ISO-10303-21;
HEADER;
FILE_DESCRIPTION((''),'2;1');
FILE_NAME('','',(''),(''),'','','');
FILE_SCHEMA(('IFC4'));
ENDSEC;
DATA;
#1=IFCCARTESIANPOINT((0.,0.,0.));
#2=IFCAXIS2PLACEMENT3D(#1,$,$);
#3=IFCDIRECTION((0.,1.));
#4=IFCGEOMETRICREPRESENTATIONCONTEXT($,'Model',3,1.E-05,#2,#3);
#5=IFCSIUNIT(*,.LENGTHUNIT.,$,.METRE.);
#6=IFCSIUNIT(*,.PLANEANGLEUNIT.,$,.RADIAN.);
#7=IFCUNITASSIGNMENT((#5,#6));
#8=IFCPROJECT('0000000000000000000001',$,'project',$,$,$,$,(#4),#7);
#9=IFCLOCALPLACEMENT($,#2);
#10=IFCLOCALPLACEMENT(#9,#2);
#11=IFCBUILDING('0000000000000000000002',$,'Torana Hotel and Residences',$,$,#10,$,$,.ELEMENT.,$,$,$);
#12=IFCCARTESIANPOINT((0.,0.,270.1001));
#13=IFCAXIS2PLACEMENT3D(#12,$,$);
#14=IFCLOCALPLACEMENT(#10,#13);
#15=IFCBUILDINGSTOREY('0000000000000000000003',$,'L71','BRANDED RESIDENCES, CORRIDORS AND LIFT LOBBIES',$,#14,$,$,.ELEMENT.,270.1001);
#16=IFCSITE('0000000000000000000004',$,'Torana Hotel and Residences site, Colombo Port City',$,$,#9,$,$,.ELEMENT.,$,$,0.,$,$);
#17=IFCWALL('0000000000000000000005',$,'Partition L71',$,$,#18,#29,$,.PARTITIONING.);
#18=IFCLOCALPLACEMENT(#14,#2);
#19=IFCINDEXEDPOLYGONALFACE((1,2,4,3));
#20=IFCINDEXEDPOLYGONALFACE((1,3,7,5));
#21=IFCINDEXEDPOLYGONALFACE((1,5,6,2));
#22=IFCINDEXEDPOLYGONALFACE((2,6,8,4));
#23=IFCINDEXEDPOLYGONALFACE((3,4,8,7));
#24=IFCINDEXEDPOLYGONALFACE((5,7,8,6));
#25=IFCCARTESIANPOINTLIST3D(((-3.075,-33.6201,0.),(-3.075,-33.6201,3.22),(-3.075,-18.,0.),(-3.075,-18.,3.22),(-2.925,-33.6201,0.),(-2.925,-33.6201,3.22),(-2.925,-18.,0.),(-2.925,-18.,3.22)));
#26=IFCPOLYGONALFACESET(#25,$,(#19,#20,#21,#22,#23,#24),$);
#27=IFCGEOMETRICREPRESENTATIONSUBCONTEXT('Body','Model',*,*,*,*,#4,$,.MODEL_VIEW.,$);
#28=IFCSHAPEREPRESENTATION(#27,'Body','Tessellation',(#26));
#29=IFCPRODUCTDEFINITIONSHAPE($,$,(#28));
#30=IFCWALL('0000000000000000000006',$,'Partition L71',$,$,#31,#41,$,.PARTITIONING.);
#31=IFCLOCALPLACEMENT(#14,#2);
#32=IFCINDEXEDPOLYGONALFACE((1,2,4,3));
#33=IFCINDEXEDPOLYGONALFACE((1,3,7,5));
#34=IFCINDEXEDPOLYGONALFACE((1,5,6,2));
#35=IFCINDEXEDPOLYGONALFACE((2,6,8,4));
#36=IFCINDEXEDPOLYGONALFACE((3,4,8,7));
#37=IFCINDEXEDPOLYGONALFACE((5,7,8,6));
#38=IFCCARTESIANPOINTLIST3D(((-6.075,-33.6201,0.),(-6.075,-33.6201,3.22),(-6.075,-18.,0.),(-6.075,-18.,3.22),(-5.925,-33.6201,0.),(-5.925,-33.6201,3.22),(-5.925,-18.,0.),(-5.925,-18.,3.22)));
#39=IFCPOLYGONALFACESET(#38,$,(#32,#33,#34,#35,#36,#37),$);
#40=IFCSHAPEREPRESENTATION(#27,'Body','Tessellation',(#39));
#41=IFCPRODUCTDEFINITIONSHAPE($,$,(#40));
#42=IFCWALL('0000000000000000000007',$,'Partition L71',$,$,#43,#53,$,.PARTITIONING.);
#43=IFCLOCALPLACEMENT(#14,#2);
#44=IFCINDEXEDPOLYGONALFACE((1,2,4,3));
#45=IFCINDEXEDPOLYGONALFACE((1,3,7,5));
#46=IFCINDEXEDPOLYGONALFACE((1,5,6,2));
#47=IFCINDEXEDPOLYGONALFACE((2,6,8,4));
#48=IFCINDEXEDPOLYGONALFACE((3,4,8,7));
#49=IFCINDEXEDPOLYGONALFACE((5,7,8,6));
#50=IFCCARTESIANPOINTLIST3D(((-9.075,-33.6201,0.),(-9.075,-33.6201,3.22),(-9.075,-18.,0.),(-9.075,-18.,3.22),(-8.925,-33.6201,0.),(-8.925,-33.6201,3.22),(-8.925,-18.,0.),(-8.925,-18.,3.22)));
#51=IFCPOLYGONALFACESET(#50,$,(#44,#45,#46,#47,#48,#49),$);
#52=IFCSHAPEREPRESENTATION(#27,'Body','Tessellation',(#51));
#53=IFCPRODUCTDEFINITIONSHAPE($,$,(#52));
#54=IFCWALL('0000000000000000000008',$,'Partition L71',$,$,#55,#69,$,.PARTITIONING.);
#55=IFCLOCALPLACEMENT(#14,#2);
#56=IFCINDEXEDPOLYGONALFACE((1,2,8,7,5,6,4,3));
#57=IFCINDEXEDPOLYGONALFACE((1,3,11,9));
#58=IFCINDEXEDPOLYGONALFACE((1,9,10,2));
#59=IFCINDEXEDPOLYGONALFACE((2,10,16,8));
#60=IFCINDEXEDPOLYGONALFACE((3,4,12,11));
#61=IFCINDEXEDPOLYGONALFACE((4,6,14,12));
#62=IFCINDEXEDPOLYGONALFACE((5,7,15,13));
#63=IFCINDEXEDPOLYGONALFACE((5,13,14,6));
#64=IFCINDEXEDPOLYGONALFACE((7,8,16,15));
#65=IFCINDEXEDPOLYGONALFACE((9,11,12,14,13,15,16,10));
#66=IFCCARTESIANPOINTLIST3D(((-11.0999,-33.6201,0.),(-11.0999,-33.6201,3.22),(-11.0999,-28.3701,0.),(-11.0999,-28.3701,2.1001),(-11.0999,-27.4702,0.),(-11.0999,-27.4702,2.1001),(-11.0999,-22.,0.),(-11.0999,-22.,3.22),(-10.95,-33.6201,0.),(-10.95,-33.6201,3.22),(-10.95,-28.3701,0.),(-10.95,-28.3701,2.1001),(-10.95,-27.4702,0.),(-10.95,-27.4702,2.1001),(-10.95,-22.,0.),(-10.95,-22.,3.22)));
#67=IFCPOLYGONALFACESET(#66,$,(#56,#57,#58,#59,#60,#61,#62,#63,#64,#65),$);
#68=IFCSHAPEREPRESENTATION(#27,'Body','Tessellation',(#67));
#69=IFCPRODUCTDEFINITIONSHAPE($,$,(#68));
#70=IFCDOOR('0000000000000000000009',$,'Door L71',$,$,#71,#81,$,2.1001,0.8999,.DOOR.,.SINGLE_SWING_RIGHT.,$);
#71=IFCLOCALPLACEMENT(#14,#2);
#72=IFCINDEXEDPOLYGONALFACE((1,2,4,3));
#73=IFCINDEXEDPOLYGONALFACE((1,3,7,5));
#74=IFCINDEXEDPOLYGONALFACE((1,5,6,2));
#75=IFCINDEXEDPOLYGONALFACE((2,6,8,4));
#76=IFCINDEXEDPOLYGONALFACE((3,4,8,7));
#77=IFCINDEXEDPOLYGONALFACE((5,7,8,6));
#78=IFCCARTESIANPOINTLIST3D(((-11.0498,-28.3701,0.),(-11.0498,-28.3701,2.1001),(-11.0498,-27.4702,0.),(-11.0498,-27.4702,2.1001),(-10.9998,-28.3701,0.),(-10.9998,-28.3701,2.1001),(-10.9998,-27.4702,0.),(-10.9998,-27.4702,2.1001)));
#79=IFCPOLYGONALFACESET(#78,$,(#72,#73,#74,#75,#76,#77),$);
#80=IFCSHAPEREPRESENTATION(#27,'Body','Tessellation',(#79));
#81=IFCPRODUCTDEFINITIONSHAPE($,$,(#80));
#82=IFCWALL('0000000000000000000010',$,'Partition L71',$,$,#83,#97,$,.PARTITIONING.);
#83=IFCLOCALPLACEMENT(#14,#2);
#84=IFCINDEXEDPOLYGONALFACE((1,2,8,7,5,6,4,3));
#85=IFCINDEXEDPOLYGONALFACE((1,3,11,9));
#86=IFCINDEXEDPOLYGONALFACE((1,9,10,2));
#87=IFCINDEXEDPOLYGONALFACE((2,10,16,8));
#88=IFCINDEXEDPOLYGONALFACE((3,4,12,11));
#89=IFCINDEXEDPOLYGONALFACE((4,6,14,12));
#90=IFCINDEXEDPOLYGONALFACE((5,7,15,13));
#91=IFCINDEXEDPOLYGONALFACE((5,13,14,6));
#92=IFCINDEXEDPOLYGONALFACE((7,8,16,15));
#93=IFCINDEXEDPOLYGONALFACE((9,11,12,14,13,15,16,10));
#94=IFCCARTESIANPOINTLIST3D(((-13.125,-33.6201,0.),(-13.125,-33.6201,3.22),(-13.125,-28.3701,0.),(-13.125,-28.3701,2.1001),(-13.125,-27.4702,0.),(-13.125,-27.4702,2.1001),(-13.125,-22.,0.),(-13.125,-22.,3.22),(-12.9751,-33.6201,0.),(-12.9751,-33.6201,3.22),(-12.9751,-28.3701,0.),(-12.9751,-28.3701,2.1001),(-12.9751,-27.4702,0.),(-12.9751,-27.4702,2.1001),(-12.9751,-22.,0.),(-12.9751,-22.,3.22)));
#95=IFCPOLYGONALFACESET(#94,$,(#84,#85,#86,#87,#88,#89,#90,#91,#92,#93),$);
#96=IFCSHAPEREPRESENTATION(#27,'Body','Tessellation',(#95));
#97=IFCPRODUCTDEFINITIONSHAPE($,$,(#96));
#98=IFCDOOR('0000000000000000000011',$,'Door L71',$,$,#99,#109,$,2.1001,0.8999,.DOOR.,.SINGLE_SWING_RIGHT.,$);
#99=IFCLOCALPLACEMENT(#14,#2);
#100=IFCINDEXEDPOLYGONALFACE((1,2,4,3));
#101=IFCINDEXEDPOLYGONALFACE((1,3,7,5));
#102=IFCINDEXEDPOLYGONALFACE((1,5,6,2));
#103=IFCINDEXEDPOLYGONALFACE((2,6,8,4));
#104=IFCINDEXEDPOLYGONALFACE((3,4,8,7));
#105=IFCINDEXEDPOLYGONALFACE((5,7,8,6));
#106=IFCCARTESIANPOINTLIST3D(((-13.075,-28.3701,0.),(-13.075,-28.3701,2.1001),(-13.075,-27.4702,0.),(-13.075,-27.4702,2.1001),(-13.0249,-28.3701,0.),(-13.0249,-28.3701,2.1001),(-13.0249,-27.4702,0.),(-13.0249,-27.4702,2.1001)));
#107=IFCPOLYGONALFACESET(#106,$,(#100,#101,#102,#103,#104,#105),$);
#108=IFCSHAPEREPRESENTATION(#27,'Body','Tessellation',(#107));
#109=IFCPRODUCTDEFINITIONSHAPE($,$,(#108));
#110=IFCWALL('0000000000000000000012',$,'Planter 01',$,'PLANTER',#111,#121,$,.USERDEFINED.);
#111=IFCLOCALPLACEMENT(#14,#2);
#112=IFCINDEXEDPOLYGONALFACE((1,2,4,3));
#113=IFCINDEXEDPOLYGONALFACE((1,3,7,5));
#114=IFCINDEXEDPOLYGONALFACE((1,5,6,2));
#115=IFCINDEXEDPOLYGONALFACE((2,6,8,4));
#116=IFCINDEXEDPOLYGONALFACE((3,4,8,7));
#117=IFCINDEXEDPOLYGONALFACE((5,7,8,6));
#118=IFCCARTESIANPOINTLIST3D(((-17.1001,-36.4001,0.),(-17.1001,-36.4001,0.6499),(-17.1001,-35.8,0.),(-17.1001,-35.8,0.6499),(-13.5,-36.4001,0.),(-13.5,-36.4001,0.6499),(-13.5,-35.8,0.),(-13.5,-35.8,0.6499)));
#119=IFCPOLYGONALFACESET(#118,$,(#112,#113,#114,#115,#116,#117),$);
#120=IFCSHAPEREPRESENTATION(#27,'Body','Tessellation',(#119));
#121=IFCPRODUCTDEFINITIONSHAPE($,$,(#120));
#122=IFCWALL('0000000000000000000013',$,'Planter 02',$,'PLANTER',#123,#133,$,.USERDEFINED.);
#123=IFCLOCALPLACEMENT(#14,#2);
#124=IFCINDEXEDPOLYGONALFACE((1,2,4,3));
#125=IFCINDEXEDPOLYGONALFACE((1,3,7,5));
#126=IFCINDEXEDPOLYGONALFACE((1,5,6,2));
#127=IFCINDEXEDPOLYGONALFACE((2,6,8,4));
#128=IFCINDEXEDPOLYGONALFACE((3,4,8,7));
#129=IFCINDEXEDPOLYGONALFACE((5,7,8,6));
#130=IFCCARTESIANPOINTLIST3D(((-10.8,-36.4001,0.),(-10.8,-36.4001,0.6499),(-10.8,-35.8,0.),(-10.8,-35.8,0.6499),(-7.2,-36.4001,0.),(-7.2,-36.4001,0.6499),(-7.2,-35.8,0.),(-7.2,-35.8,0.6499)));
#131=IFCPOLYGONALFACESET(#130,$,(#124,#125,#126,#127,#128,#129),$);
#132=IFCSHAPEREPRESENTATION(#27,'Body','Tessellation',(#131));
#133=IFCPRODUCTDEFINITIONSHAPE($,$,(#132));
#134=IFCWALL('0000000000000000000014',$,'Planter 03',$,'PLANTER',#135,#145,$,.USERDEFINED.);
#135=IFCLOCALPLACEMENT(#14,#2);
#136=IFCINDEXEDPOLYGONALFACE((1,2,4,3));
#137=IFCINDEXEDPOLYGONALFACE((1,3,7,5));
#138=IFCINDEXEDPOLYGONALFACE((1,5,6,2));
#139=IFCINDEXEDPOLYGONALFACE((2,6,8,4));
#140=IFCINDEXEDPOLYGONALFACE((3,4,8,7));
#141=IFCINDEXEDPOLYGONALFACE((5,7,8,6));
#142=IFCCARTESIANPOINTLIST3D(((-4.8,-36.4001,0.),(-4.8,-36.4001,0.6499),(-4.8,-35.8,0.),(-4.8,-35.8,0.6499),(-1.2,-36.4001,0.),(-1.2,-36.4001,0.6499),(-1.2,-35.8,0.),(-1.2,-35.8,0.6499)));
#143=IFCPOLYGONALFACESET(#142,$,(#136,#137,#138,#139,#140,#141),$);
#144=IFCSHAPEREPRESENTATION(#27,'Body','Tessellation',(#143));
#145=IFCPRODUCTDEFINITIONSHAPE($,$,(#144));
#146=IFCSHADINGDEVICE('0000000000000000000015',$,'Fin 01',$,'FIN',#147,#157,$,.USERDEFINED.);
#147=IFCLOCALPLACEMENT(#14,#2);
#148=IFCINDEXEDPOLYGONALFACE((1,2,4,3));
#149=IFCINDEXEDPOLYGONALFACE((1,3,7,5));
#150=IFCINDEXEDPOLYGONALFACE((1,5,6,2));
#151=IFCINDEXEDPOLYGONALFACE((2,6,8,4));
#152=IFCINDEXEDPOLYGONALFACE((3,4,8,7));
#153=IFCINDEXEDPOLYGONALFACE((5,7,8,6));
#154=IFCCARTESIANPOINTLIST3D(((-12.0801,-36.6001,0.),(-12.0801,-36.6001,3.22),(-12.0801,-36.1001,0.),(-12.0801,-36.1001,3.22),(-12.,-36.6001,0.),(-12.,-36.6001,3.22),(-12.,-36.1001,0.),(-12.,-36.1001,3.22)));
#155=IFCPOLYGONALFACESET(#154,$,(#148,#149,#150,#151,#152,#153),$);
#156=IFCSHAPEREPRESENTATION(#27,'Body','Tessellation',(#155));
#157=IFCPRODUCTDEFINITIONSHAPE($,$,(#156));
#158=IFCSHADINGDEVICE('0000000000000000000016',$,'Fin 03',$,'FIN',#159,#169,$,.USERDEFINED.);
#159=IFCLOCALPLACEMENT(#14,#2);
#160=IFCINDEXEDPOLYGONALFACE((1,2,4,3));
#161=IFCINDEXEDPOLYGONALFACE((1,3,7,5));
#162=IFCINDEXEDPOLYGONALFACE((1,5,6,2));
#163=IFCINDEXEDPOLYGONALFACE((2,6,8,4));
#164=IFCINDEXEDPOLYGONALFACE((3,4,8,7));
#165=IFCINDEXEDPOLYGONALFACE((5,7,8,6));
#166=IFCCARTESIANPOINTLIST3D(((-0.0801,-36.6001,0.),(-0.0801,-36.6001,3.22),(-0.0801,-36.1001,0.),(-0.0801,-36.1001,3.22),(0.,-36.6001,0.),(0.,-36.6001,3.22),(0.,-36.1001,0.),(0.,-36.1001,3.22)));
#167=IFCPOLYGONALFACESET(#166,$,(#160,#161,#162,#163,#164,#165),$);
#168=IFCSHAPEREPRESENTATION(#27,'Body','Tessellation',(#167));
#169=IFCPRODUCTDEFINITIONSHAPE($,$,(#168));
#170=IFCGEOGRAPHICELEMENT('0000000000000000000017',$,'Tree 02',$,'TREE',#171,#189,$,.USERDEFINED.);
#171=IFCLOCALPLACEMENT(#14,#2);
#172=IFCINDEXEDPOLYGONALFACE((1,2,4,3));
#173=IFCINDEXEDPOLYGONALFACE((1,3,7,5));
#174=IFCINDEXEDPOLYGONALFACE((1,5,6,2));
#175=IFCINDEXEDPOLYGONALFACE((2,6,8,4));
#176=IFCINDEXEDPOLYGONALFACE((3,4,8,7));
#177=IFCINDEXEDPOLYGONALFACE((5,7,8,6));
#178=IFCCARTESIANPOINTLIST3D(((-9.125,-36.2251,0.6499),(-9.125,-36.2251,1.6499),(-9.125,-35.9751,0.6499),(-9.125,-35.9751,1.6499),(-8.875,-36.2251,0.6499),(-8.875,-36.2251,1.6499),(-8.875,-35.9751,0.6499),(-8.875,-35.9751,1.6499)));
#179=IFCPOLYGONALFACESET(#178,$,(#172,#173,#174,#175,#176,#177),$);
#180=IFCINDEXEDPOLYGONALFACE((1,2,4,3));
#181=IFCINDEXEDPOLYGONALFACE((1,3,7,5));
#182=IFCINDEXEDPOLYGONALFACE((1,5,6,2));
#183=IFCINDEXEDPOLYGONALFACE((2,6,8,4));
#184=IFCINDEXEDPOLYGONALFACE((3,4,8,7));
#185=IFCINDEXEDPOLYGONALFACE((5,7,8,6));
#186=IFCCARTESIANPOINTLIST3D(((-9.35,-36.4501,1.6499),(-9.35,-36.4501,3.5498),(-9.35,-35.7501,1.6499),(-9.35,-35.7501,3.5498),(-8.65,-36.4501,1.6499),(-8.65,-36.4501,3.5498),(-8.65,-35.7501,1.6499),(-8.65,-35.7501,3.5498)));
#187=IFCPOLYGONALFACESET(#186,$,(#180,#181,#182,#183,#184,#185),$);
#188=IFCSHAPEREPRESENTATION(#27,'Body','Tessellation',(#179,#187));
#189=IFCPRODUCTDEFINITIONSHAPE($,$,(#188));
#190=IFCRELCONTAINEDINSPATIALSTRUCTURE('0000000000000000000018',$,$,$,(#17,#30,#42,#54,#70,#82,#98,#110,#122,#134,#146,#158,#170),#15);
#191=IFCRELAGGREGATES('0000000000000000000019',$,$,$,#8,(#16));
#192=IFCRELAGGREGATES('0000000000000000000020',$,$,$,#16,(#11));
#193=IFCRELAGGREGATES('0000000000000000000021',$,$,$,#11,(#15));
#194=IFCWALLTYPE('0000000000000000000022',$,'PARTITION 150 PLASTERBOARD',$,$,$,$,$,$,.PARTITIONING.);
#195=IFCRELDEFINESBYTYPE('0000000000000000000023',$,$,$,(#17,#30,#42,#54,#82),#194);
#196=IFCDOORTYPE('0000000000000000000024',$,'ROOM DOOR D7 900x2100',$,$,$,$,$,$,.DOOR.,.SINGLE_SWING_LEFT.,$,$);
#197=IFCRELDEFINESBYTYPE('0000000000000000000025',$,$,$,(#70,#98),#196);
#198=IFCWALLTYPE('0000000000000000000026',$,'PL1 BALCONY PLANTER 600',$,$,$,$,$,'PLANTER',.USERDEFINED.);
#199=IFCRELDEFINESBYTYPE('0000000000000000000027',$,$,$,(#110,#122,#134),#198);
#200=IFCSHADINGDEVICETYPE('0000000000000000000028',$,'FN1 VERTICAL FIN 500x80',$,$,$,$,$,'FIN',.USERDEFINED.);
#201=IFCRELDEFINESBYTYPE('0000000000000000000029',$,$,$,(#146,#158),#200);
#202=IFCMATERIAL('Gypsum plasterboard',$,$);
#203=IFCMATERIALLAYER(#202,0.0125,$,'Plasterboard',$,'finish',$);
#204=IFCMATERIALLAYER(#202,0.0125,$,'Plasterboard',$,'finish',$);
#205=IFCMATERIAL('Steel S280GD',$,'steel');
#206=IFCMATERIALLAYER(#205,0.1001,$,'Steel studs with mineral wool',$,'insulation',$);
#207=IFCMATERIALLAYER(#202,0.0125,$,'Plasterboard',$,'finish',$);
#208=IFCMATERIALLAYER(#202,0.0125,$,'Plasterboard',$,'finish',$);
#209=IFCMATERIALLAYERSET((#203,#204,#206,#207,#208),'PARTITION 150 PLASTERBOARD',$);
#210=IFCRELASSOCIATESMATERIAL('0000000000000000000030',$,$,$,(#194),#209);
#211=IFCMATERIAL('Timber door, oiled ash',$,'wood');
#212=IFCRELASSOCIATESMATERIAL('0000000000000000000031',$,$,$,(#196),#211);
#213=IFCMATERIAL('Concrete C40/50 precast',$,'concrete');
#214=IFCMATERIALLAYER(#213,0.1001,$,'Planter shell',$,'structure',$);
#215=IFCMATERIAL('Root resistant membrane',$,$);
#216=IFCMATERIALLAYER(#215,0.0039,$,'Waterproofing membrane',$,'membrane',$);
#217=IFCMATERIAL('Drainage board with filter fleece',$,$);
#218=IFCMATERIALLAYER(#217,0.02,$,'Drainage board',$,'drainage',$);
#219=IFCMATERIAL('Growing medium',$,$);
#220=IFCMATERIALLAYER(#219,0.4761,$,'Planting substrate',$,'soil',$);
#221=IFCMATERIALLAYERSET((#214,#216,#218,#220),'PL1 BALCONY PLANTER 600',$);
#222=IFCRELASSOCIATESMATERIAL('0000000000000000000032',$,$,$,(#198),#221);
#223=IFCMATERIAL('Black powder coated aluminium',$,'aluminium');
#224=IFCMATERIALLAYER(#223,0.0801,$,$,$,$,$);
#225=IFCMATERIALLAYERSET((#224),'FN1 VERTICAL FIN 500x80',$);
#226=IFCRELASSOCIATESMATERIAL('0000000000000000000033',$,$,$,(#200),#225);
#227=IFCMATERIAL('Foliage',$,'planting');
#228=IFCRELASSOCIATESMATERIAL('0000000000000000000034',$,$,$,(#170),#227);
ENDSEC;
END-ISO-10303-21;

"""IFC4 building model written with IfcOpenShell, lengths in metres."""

from ifc_helpers import new_model, si_unit, direction, frame, frame_2d, origin, origin_2d, place, context, subcontext, project, spatial, rectangle, extrude, material, layer, layer_set, type_object, element, fill, save


model = new_model("IFC4")

# Units and contexts
model_context = context("Model", 3, precision=1e-05, world=origin(), true_north=direction((0.0, 1.0)))
body_context = subcontext(model_context, "Body", "Model", "MODEL_VIEW")
ifc_project = project(units=[si_unit("LENGTHUNIT", "METRE"), si_unit("PLANEANGLEUNIT", "RADIAN")], contexts=[model_context])

# Site, building, storey
site_placement = place(None, origin())
site = spatial("IfcSite", under=ifc_project, at=site_placement, Name="Torana Hotel and Residences site, Colombo Port City", CompositionType="ELEMENT", RefElevation=0.0)
building_placement = place(site_placement, origin())
building = spatial("IfcBuilding", under=site, at=building_placement, Name="Torana Hotel and Residences", CompositionType="ELEMENT")
storey_placement = place(building_placement, frame((0.0, 0.0, 270.1001)))
storey = spatial("IfcBuildingStorey", under=building, at=storey_placement, Name="L71", Description="BRANDED RESIDENCES, CORRIDORS AND LIFT LOBBIES", CompositionType="ELEMENT", Elevation=270.1001)

# Walls
ifc_material_1 = material(Name="Gypsum plasterboard")
ifc_layer_1 = layer(ifc_material_1, 0.0125, Name="Plasterboard", Category="finish")
ifc_layer_2 = layer(ifc_material_1, 0.0125, Name="Plasterboard", Category="finish")
ifc_material_2 = material(Name="Steel S280GD", Category="steel")
ifc_layer_3 = layer(ifc_material_2, 0.1001, Name="Steel studs with mineral wool", Category="insulation")
ifc_layer_4 = layer(ifc_material_1, 0.0125, Name="Plasterboard", Category="finish")
ifc_layer_5 = layer(ifc_material_1, 0.0125, Name="Plasterboard", Category="finish")
ifc_layer_set_1 = layer_set([ifc_layer_1, ifc_layer_2, ifc_layer_3, ifc_layer_4, ifc_layer_5], Name="PARTITION 150 PLASTERBOARD")
wall_type_1 = type_object("IfcWallType", Name="PARTITION 150 PLASTERBOARD", PredefinedType="PARTITIONING", material=ifc_layer_set_1)
for number, where, z_axis, x_axis, name in (
    (1, (-3.0, -33.6201, 0.0), (0.0, 0.0, 1.0), (0.0, 1.0, 0.0), "Partition L71"),
    (2, (-6.0, -33.6201, 0.0), (0.0, 0.0, 1.0), (0.0, 1.0, 0.0), "Partition L71"),
    (3, (-9.0, -33.6201, 0.0), (0.0, 0.0, 1.0), (0.0, 1.0, 0.0), "Partition L71"),
):
    element("IfcWall", number, at=place(storey_placement, frame(where, z_axis=z_axis, x_axis=x_axis)), inside=storey, type_object=wall_type_1, Name=name, PredefinedType="PARTITIONING", context=body_context, shape_type="SweptSolid", body=[
        extrude(rectangle(XDim=15.6201, YDim=0.1499, at=frame_2d((7.8101, 0.0))), origin(), (0.0, 0.0, 1.0), 3.22),
    ])

# Walls, openings, doors
wall_1_placement = place(storey_placement, frame((-11.0249, -33.6201, 0.0), z_axis=(0.0, 0.0, 1.0), x_axis=(0.0, 1.0, 0.0)))
wall_1 = element("IfcWall", 4, at=wall_1_placement, inside=storey, type_object=wall_type_1, Name="Partition L71", PredefinedType="PARTITIONING", context=body_context, shape_type="SweptSolid", body=[
    extrude(rectangle(XDim=11.6201, YDim=0.1499, at=frame_2d((5.8101, 0.0))), origin(), (0.0, 0.0, 1.0), 3.22),
])
opening_1_placement = place(wall_1_placement, frame((5.25, 0.0, 0.0)))
opening_1 = element("IfcOpeningElement", 5, at=opening_1_placement, cuts=wall_1, PredefinedType="OPENING", context=body_context, shape_type="SweptSolid", body=[
    extrude(rectangle(XDim=0.8999, YDim=2.1001, at=frame_2d((0.45, 1.05))), frame((0.0, 0.085, 0.0), z_axis=(0.0, -1.0, 0.0), x_axis=(1.0, 0.0, 0.0)), (0.0, 0.0, 1.0), 0.1699),
])
ifc_material_3 = material(Name="Timber door, oiled ash", Category="wood")
door_type = type_object("IfcDoorType", Name="ROOM DOOR D7 900x2100", OperationType="SINGLE_SWING_LEFT", PredefinedType="DOOR", material=ifc_material_3)
door_1_placement = place(opening_1_placement, origin())
door_1 = element("IfcDoor", 6, at=door_1_placement, inside=storey, type_object=door_type, Name="Door L71", OperationType="SINGLE_SWING_RIGHT", OverallHeight=2.1001, OverallWidth=0.8999, PredefinedType="DOOR", context=body_context, shape_type="SweptSolid", body=[
    extrude(rectangle(XDim=0.8999, YDim=2.1001, at=frame_2d((0.45, 1.05))), frame((0.0, 0.0249, 0.0), z_axis=(0.0, -1.0, 0.0), x_axis=(1.0, 0.0, 0.0)), (0.0, 0.0, 1.0), 0.05),
])
fill(opening_1, door_1)
wall_2_placement = place(storey_placement, frame((-13.05, -33.6201, 0.0), z_axis=(0.0, 0.0, 1.0), x_axis=(0.0, 1.0, 0.0)))
wall_2 = element("IfcWall", 7, at=wall_2_placement, inside=storey, type_object=wall_type_1, Name="Partition L71", PredefinedType="PARTITIONING", context=body_context, shape_type="SweptSolid", body=[
    extrude(rectangle(XDim=11.6201, YDim=0.1499, at=frame_2d((5.8101, 0.0))), origin(), (0.0, 0.0, 1.0), 3.22),
])
opening_2_placement = place(wall_2_placement, frame((5.25, 0.0, 0.0)))
opening_2 = element("IfcOpeningElement", 8, at=opening_2_placement, cuts=wall_2, PredefinedType="OPENING", context=body_context, shape_type="SweptSolid", body=[
    extrude(rectangle(XDim=0.8999, YDim=2.1001, at=frame_2d((0.45, 1.05))), frame((0.0, 0.085, 0.0), z_axis=(0.0, -1.0, 0.0), x_axis=(1.0, 0.0, 0.0)), (0.0, 0.0, 1.0), 0.1699),
])
door_2_placement = place(opening_2_placement, origin())
door_2 = element("IfcDoor", 9, at=door_2_placement, inside=storey, type_object=door_type, Name="Door L71", OperationType="SINGLE_SWING_RIGHT", OverallHeight=2.1001, OverallWidth=0.8999, PredefinedType="DOOR", context=body_context, shape_type="SweptSolid", body=[
    extrude(rectangle(XDim=0.8999, YDim=2.1001, at=frame_2d((0.45, 1.05))), frame((0.0, 0.0249, 0.0), z_axis=(0.0, -1.0, 0.0), x_axis=(1.0, 0.0, 0.0)), (0.0, 0.0, 1.0), 0.05),
])
fill(opening_2, door_2)

# Walls
ifc_material_4 = material(Name="Concrete C40/50 precast", Category="concrete")
ifc_layer_6 = layer(ifc_material_4, 0.1001, Name="Planter shell", Category="structure")
ifc_material_5 = material(Name="Root resistant membrane")
ifc_layer_7 = layer(ifc_material_5, 0.0039, Name="Waterproofing membrane", Category="membrane")
ifc_material_6 = material(Name="Drainage board with filter fleece")
ifc_layer_8 = layer(ifc_material_6, 0.02, Name="Drainage board", Category="drainage")
ifc_material_7 = material(Name="Growing medium")
ifc_layer_9 = layer(ifc_material_7, 0.4761, Name="Planting substrate", Category="soil")
ifc_layer_set_2 = layer_set([ifc_layer_6, ifc_layer_7, ifc_layer_8, ifc_layer_9], Name="PL1 BALCONY PLANTER 600")
wall_type_2 = type_object("IfcWallType", Name="PL1 BALCONY PLANTER 600", ElementType="PLANTER", PredefinedType="USERDEFINED", material=ifc_layer_set_2)
for number, where, z_axis, x_axis, name in (
    (10, (-13.5, -36.1001, 0.0), (0.0, 0.0, 1.0), (-1.0, 0.0, 0.0), "Planter 01"),
    (11, (-7.2, -36.1001, 0.0), (0.0, 0.0, 1.0), (-1.0, 0.0, 0.0), "Planter 02"),
    (12, (-1.2, -36.1001, 0.0), (0.0, 0.0, 1.0), (-1.0, 0.0, 0.0), "Planter 03"),
):
    element("IfcWall", number, at=place(storey_placement, frame(where, z_axis=z_axis, x_axis=x_axis)), inside=storey, type_object=wall_type_2, Name=name, ObjectType="PLANTER", PredefinedType="USERDEFINED", context=body_context, shape_type="SweptSolid", body=[
        extrude(rectangle(XDim=3.6001, YDim=0.6001, at=frame_2d((1.8, 0.0))), origin(), (0.0, 0.0, 1.0), 0.6499),
    ])

# Shading devices
ifc_material_8 = material(Name="Black powder coated aluminium", Category="aluminium")
ifc_layer_10 = layer(ifc_material_8, 0.0801)
ifc_layer_set_3 = layer_set([ifc_layer_10], Name="FN1 VERTICAL FIN 500x80")
shading_device_type = type_object("IfcShadingDeviceType", Name="FN1 VERTICAL FIN 500x80", ElementType="FIN", PredefinedType="USERDEFINED", material=ifc_layer_set_3)
for number, where, z_axis, x_axis, name in (
    (13, (-12.04, -36.3501, 0.0), (0.0, 0.0, 1.0), (-1.0, 0.0, 0.0), "Fin 01"),
    (14, (-0.04, -36.3501, 0.0), (0.0, 0.0, 1.0), (-1.0, 0.0, 0.0), "Fin 03"),
):
    element("IfcShadingDevice", number, at=place(storey_placement, frame(where, z_axis=z_axis, x_axis=x_axis)), inside=storey, type_object=shading_device_type, Name=name, ObjectType="FIN", PredefinedType="USERDEFINED", context=body_context, shape_type="SweptSolid", body=[
        extrude(rectangle(XDim=0.0801, YDim=0.5, at=origin_2d()), origin(), (0.0, 0.0, 1.0), 3.22),
    ])

# Geographic element
ifc_material_9 = material(Name="Foliage", Category="planting")
for number, where, z_axis, x_axis, name in (
    (15, (-9.0, -36.1001, 0.6499), (0.0, 0.0, 1.0), (1.0, 0.0, 0.0), "Tree 02"),
):
    element("IfcGeographicElement", number, at=place(storey_placement, frame(where, z_axis=z_axis, x_axis=x_axis)), inside=storey, material=ifc_material_9, Name=name, ObjectType="TREE", PredefinedType="USERDEFINED", context=body_context, shape_type="SweptSolid", body=[
        extrude(rectangle(XDim=0.25, YDim=0.25, at=origin_2d()), origin(), (0.0, 0.0, 1.0), 1.0),
        extrude(rectangle(XDim=0.7, YDim=0.7, at=origin_2d()), frame((0.0, 0.0, 1.0)), (0.0, 0.0, 1.0), 1.8999),
    ])

save(model, "model.ifc")
